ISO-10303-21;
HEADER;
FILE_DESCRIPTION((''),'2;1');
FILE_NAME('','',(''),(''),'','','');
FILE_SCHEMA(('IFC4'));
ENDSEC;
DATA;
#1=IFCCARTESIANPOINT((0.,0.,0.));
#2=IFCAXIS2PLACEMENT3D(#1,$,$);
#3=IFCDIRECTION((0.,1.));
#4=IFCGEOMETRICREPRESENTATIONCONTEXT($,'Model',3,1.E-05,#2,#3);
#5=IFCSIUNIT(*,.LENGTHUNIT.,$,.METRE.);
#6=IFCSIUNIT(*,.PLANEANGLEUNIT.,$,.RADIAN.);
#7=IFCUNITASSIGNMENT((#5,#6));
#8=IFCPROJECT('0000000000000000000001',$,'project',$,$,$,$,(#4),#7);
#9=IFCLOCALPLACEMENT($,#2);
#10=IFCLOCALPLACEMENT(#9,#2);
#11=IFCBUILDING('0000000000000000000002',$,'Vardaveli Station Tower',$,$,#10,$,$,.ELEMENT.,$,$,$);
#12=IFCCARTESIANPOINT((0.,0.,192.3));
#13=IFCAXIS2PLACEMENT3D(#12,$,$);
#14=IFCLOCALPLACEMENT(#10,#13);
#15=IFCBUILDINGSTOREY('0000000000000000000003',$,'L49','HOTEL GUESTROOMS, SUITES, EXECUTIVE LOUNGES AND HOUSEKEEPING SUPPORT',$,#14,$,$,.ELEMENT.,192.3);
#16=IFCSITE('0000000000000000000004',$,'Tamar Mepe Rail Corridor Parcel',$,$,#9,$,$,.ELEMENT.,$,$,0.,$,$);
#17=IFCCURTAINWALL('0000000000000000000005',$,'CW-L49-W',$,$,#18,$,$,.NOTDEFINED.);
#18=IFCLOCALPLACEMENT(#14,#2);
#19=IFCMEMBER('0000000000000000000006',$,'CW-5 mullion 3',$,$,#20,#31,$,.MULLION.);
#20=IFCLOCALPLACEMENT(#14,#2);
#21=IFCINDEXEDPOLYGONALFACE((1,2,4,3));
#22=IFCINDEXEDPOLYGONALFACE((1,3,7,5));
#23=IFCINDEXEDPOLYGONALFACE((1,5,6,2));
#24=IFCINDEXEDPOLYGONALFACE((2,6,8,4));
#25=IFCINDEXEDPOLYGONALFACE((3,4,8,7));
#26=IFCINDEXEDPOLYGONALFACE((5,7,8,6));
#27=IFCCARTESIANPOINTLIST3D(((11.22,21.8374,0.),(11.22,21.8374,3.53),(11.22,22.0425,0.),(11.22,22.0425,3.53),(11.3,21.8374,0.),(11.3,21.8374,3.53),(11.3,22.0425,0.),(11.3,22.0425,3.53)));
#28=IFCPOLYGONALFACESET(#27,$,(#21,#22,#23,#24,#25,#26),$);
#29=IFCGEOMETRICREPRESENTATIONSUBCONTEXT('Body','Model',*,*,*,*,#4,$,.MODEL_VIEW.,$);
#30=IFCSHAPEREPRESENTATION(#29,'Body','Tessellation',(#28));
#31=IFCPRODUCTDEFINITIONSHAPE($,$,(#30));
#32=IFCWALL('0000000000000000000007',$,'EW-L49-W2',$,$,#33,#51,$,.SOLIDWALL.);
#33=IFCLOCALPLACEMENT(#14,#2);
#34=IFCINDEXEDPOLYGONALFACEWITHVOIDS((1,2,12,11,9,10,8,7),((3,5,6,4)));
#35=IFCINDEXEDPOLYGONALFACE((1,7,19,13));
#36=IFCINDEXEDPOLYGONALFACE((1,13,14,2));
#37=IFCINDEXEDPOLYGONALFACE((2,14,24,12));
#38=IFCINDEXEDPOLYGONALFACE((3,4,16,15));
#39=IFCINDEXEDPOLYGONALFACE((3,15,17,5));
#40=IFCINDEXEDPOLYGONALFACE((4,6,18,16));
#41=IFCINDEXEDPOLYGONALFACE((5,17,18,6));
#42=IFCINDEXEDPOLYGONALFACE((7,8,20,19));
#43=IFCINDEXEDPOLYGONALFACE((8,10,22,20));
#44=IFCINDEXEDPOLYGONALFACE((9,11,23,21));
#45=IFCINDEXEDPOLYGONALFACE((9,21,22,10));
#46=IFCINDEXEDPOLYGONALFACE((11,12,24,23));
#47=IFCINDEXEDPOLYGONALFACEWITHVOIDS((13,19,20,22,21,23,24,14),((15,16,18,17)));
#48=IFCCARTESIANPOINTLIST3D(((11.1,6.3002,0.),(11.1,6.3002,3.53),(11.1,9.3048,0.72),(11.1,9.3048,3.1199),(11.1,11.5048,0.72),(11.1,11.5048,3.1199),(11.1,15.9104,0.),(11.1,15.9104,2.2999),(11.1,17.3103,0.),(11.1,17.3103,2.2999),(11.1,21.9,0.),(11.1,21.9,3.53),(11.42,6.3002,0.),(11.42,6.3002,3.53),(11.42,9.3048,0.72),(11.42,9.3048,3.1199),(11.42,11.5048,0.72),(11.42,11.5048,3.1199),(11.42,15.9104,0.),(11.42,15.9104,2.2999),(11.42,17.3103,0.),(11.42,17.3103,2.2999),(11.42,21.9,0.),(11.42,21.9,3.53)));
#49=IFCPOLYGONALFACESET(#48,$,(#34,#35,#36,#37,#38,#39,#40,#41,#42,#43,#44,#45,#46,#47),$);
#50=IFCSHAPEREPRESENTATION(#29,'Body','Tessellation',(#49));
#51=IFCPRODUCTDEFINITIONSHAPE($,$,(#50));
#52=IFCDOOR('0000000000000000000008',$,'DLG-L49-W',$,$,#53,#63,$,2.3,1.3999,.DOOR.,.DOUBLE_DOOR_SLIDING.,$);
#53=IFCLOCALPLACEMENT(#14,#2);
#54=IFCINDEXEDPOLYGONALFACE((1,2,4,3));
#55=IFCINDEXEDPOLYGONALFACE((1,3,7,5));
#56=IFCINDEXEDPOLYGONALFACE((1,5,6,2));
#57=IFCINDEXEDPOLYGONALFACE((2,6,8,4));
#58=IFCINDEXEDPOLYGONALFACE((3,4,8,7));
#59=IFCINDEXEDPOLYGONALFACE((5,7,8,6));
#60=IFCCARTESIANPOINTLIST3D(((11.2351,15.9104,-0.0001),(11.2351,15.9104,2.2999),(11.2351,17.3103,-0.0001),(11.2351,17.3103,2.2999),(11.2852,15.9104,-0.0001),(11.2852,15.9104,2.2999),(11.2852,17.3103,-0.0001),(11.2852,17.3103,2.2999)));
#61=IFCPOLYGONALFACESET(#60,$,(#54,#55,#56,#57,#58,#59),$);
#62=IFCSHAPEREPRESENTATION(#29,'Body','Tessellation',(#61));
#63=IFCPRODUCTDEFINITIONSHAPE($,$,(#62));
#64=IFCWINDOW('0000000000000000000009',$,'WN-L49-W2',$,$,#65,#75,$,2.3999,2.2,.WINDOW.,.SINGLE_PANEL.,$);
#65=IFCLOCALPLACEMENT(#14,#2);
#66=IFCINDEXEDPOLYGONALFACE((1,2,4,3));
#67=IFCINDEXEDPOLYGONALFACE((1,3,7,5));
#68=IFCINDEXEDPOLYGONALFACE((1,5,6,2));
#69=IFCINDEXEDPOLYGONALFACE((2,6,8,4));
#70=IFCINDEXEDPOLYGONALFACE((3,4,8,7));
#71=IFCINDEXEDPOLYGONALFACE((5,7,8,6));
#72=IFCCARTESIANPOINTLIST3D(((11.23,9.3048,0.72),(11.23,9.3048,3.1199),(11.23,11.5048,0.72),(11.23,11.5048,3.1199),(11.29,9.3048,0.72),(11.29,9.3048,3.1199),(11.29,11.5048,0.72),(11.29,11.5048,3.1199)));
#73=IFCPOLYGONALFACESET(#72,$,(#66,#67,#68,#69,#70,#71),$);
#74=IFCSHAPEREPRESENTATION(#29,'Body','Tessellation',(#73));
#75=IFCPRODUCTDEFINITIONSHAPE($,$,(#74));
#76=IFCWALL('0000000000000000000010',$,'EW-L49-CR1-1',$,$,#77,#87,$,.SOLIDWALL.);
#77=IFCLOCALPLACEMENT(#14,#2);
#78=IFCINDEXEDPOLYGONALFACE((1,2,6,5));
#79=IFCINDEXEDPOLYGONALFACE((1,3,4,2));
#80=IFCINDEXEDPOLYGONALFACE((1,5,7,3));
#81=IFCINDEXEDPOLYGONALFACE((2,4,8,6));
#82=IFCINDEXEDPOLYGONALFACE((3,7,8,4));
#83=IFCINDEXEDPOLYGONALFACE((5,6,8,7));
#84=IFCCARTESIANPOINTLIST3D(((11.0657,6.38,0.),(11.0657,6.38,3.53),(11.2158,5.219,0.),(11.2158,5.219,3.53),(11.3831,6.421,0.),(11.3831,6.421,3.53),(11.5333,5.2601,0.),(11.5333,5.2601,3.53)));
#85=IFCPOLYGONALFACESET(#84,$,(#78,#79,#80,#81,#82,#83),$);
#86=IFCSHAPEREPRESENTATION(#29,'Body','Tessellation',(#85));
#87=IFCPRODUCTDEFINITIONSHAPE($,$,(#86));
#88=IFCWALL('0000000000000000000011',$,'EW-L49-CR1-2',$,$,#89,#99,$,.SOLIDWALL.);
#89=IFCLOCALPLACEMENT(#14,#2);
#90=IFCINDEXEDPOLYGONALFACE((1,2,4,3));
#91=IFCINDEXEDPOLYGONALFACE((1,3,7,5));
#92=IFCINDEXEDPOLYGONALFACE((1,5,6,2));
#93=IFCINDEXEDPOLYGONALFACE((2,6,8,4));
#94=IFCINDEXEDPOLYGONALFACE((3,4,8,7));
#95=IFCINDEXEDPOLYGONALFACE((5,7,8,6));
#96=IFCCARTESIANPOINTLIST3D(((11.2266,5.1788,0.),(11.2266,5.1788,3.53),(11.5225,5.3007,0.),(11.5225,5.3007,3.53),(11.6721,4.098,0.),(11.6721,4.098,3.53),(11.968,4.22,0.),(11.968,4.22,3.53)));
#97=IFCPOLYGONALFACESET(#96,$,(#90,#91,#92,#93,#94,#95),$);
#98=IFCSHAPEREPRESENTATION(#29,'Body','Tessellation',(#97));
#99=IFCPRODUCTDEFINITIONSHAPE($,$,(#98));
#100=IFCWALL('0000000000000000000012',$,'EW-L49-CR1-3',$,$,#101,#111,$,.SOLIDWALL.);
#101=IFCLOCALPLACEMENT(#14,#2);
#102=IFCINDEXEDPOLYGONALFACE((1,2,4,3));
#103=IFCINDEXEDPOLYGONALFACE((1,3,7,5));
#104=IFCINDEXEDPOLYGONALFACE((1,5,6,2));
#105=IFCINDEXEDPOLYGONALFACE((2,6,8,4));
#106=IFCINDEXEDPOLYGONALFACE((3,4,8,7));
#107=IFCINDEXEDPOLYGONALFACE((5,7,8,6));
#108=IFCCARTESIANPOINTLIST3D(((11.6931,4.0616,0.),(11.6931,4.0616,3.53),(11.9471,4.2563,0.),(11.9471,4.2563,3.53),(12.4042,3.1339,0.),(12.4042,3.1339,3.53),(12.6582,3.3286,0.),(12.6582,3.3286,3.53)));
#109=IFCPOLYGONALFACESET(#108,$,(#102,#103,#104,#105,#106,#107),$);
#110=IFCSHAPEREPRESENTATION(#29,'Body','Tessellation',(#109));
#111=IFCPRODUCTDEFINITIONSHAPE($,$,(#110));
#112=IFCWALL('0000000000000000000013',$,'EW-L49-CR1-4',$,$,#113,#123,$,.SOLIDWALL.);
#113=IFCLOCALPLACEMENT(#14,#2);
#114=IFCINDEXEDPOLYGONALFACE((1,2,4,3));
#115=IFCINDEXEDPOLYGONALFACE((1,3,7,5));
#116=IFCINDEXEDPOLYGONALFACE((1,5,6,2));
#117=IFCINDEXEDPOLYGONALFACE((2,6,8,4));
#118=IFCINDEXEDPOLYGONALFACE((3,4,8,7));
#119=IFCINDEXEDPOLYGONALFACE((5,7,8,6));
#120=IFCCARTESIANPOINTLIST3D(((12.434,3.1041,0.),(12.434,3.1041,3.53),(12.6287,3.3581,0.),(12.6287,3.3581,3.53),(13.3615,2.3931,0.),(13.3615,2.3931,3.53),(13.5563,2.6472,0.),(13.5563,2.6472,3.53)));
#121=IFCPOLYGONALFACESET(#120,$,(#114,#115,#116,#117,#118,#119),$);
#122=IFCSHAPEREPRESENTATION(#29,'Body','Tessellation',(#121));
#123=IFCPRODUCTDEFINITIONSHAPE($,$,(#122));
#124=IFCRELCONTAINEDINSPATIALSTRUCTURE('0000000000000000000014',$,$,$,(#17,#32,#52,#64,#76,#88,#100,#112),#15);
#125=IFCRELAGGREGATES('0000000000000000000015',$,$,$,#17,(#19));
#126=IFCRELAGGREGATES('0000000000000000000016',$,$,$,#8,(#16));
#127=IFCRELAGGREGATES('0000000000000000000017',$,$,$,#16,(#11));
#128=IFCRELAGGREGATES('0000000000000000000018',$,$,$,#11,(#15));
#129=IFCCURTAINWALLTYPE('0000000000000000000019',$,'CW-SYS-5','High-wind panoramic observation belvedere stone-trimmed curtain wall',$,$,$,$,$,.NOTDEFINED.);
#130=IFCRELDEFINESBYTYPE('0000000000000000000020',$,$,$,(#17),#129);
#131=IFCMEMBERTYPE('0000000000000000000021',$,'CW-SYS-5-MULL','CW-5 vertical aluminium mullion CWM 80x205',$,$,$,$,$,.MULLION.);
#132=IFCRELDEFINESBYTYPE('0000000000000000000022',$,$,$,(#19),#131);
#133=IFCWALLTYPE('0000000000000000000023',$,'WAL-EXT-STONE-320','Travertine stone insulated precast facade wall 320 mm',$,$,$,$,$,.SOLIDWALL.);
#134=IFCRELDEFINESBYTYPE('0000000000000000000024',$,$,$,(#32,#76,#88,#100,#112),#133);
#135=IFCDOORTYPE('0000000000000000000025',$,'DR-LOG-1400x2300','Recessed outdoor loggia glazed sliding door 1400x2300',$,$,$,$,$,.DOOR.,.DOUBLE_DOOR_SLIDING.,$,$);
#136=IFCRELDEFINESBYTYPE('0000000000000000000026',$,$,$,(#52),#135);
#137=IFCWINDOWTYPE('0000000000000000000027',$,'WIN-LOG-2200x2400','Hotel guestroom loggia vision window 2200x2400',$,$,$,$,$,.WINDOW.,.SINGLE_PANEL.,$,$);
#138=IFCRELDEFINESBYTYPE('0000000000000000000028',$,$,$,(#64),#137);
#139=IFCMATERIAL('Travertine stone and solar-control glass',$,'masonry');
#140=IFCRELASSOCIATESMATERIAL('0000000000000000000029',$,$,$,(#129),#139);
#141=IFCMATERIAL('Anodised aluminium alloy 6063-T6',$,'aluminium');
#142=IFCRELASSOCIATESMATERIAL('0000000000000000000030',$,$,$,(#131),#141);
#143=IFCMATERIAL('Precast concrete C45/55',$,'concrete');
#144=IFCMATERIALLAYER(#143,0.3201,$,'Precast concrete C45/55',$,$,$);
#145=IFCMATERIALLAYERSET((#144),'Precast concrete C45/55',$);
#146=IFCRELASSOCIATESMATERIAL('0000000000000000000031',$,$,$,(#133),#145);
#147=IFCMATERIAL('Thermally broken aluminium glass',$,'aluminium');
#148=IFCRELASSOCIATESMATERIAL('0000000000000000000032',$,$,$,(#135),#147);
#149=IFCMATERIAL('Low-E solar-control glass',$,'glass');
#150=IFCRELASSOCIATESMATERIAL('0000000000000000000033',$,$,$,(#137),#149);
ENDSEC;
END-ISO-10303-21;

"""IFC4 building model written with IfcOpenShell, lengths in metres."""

from ifc_helpers import new_model, si_unit, direction, frame, frame_2d, origin, origin_2d, place, context, subcontext, project, spatial, rectangle, extrude, source, transform, mapped, material, layer, layer_set, material_profile, profile_set, type_object, element, fill, aggregate, save


model = new_model("IFC4")

# Units and contexts
model_context = context("Model", 3, precision=1e-05, world=origin(), true_north=direction((0.0, 1.0)))
body_context = subcontext(model_context, "Body", "Model", "MODEL_VIEW")
ifc_project = project(units=[si_unit("LENGTHUNIT", "METRE"), si_unit("PLANEANGLEUNIT", "RADIAN")], contexts=[model_context])

# Site, building, storey
site_placement = place(None, origin())
site = spatial("IfcSite", under=ifc_project, at=site_placement, Name="Tamar Mepe Rail Corridor Parcel", CompositionType="ELEMENT", RefElevation=0.0)
building_placement = place(site_placement, origin())
building = spatial("IfcBuilding", under=site, at=building_placement, Name="Vardaveli Station Tower", CompositionType="ELEMENT")
storey_placement = place(building_placement, frame((0.0, 0.0, 192.3)))
storey = spatial("IfcBuildingStorey", under=building, at=storey_placement, Name="L49", Description="HOTEL GUESTROOMS, SUITES, EXECUTIVE LOUNGES AND HOUSEKEEPING SUPPORT", CompositionType="ELEMENT", Elevation=192.3)

# Shared definitions
ifc_material_1 = material(Name="Precast concrete C45/55", Category="concrete")

# Curtain wall, member
ifc_material_2 = material(Name="Travertine stone and solar-control glass", Category="masonry")
curtain_wall_type = type_object("IfcCurtainWallType", Name="CW-SYS-5", Description="High-wind panoramic observation belvedere stone-trimmed curtain wall", PredefinedType="NOTDEFINED", material=ifc_material_2)
curtain_wall_placement = place(storey_placement, origin())
curtain_wall = element("IfcCurtainWall", 1, at=curtain_wall_placement, inside=storey, type_object=curtain_wall_type, Name="CW-L49-W", PredefinedType="NOTDEFINED")
ifc_material_3 = material(Name="Anodised aluminium alloy 6063-T6", Category="aluminium")
ifc_material_profile_1 = material_profile(ifc_material_3, rectangle(XDim=0.0801, YDim=0.2051, at=origin_2d()), Name="CWM 80x205")
ifc_profile_set_1 = profile_set([ifc_material_profile_1], Name="Anodised aluminium alloy 6063-T6")
member_type = type_object("IfcMemberType", Name="CW-SYS-5-MULL", Description="CW-5 vertical aluminium mullion CWM 80x205", PredefinedType="MULLION", material=ifc_profile_set_1)
shared_shape_1 = source(origin(), body_context, "Body", "SweptSolid", [
    extrude(rectangle(XDim=0.0801, YDim=0.2051, at=origin_2d()), origin(), (0.0, 0.0, 1.0), 3.53),
])
member_placement = place(storey_placement, frame((11.26, 21.9399, 0.0), z_axis=(0.0, 0.0, 1.0), x_axis=(1.0, 0.0, 0.0)))
member = element("IfcMember", 2, at=member_placement, type_object=member_type, Name="CW-5 mullion 3", PredefinedType="MULLION", context=body_context, shape_type="MappedRepresentation", body=[
    mapped(shared_shape_1, transform((0.0, 0.0, 0.0), scale=1.0)),
])
aggregate(curtain_wall, [member])

# Wall, openings, door, window
ifc_layer_1 = layer(ifc_material_1, 0.3201, Name="Precast concrete C45/55")
ifc_layer_set_1 = layer_set([ifc_layer_1], Name="Precast concrete C45/55")
wall_type_1 = type_object("IfcWallType", Name="WAL-EXT-STONE-320", Description="Travertine stone insulated precast facade wall 320 mm", PredefinedType="SOLIDWALL", material=ifc_layer_set_1)
shared_shape_2 = source(origin(), body_context, "Body", "SweptSolid", [
    extrude(rectangle(XDim=15.5999, YDim=0.3201, at=frame_2d((7.7998, 0.0))), origin(), (0.0, 0.0, 1.0), 3.53),
])
wall_1_placement = place(storey_placement, frame((11.26, 21.8999, 0.0), z_axis=(0.0, 0.0, 1.0), x_axis=(0.0, -1.0, 0.0)))
wall_1 = element("IfcWall", 3, at=wall_1_placement, inside=storey, type_object=wall_type_1, Name="EW-L49-W2", PredefinedType="SOLIDWALL", context=body_context, shape_type="MappedRepresentation", body=[
    mapped(shared_shape_2, transform((0.0, 0.0, 0.0), scale=1.0)),
])
shared_shape_3 = source(origin(), body_context, "Body", "SweptSolid", [
    extrude(rectangle(XDim=1.3999, YDim=2.3, at=frame_2d((0.7, 1.1499))), frame((0.0, 0.1699, 0.0), z_axis=(0.0, -1.0, 0.0), x_axis=(1.0, 0.0, 0.0)), (0.0, 0.0, 1.0), 0.3401),
])
opening_1_placement = place(wall_1_placement, frame((4.5896, 0.0, 0.0)))
opening_1 = element("IfcOpeningElement", 4, at=opening_1_placement, cuts=wall_1, PredefinedType="OPENING", context=body_context, shape_type="MappedRepresentation", body=[
    mapped(shared_shape_3, transform((0.0, 0.0, 0.0), scale=1.0)),
])
shared_shape_4 = source(origin(), body_context, "Body", "SweptSolid", [
    extrude(rectangle(XDim=2.2, YDim=2.3999, at=frame_2d((1.1001, 1.2))), frame((0.0, 0.1699, 0.0), z_axis=(0.0, -1.0, 0.0), x_axis=(1.0, 0.0, 0.0)), (0.0, 0.0, 1.0), 0.3401),
])
opening_2_placement = place(wall_1_placement, frame((10.395, 0.0, 0.72)))
opening_2 = element("IfcOpeningElement", 5, at=opening_2_placement, cuts=wall_1, PredefinedType="OPENING", context=body_context, shape_type="MappedRepresentation", body=[
    mapped(shared_shape_4, transform((0.0, 0.0, 0.0), scale=1.0)),
])
ifc_material_4 = material(Name="Thermally broken aluminium glass", Category="aluminium")
door_type_1 = type_object("IfcDoorType", Name="DR-LOG-1400x2300", Description="Recessed outdoor loggia glazed sliding door 1400x2300", OperationType="DOUBLE_DOOR_SLIDING", PredefinedType="DOOR", material=ifc_material_4)
shared_shape_5 = source(origin(), body_context, "Body", "SweptSolid", [
    extrude(rectangle(XDim=1.3999, YDim=2.3, at=frame_2d((0.7, 1.1499))), frame((0.0, 0.0249, 0.0), z_axis=(0.0, -1.0, 0.0), x_axis=(1.0, 0.0, 0.0)), (0.0, 0.0, 1.0), 0.05),
])
door_1_placement = place(opening_1_placement, frame((1.3999, 0.0, 0.0), z_axis=(0.0, 0.0, 1.0), x_axis=(-1.0, 0.0, 0.0)))
door_1 = element("IfcDoor", 6, at=door_1_placement, inside=storey, type_object=door_type_1, Name="DLG-L49-W", OperationType="DOUBLE_DOOR_SLIDING", OverallHeight=2.3, OverallWidth=1.3999, PredefinedType="DOOR", context=body_context, shape_type="MappedRepresentation", body=[
    mapped(shared_shape_5, transform((0.0, 0.0, 0.0), scale=1.0)),
])
fill(opening_1, door_1)
ifc_material_5 = material(Name="Low-E solar-control glass", Category="glass")
window_type = type_object("IfcWindowType", Name="WIN-LOG-2200x2400", Description="Hotel guestroom loggia vision window 2200x2400", PartitioningType="SINGLE_PANEL", PredefinedType="WINDOW", material=ifc_material_5)
shared_shape_6 = source(origin(), body_context, "Body", "SweptSolid", [
    extrude(rectangle(XDim=2.2, YDim=2.3999, at=frame_2d((1.1001, 1.2))), frame((0.0, 0.03, 0.0), z_axis=(0.0, -1.0, 0.0), x_axis=(1.0, 0.0, 0.0)), (0.0, 0.0, 1.0), 0.0601),
])
window_placement = place(opening_2_placement, origin())
window = element("IfcWindow", 7, at=window_placement, inside=storey, type_object=window_type, Name="WN-L49-W2", OverallHeight=2.3999, OverallWidth=2.2, PartitioningType="SINGLE_PANEL", PredefinedType="WINDOW", context=body_context, shape_type="MappedRepresentation", body=[
    mapped(shared_shape_6, transform((0.0, 0.0, 0.0), scale=1.0)),
])
fill(opening_2, window)

# Walls
shared_shape_7 = source(origin(), body_context, "Body", "SweptSolid", [
    extrude(rectangle(XDim=1.1707, YDim=0.3201, at=frame_2d((0.5854, 0.0))), origin(), (0.0, 0.0, 1.0), 3.53),
])
wall_2_placement = place(storey_placement, frame((11.2244, 6.4006, 0.0), z_axis=(0.0, 0.0, 1.0), x_axis=(0.128269, -0.991739, 0.0)))
element("IfcWall", 8, at=wall_2_placement, inside=storey, type_object=wall_type_1, Name="EW-L49-CR1-1", PredefinedType="SOLIDWALL", context=body_context, shape_type="MappedRepresentation", body=[
    mapped(shared_shape_7, transform((0.0, 0.0, 0.0), scale=1.0)),
])
shared_shape_8 = source(origin(), body_context, "Body", "SweptSolid", [
    extrude(rectangle(XDim=1.1689, YDim=0.3201, at=frame_2d((0.5845, 0.0))), origin(), (0.0, 0.0, 1.0), 3.53),
])
for number, where, z_axis, x_axis, name in (
    (9, (11.3745, 5.2397, 0.0), (0.0, 0.0, 1.0), (0.381128, -0.924522, 0.0), "EW-L49-CR1-2"),
    (10, (11.8201, 4.1589, 0.0), (0.0, 0.0, 1.0), (0.608388, -0.79364, 0.0), "EW-L49-CR1-3"),
):
    element("IfcWall", number, at=place(storey_placement, frame(where, z_axis=z_axis, x_axis=x_axis)), inside=storey, type_object=wall_type_1, Name=name, PredefinedType="SOLIDWALL", context=body_context, shape_type="MappedRepresentation", body=[
        mapped(shared_shape_8, transform((0.0, 0.0, 0.0), scale=1.0)),
    ])
shared_shape_9 = source(origin(), body_context, "Body", "SweptSolid", [
    extrude(rectangle(XDim=1.1687, YDim=0.3201, at=frame_2d((0.5845, 0.0))), origin(), (0.0, 0.0, 1.0), 3.53),
])
wall_3_placement = place(storey_placement, frame((12.5312, 3.2312, 0.0), z_axis=(0.0, 0.0, 1.0), x_axis=(0.793664, -0.608357, 0.0)))
element("IfcWall", 11, at=wall_3_placement, inside=storey, type_object=wall_type_1, Name="EW-L49-CR1-4", PredefinedType="SOLIDWALL", context=body_context, shape_type="MappedRepresentation", body=[
    mapped(shared_shape_9, transform((0.0, 0.0, 0.0), scale=1.0)),
])

save(model, "model.ifc")
